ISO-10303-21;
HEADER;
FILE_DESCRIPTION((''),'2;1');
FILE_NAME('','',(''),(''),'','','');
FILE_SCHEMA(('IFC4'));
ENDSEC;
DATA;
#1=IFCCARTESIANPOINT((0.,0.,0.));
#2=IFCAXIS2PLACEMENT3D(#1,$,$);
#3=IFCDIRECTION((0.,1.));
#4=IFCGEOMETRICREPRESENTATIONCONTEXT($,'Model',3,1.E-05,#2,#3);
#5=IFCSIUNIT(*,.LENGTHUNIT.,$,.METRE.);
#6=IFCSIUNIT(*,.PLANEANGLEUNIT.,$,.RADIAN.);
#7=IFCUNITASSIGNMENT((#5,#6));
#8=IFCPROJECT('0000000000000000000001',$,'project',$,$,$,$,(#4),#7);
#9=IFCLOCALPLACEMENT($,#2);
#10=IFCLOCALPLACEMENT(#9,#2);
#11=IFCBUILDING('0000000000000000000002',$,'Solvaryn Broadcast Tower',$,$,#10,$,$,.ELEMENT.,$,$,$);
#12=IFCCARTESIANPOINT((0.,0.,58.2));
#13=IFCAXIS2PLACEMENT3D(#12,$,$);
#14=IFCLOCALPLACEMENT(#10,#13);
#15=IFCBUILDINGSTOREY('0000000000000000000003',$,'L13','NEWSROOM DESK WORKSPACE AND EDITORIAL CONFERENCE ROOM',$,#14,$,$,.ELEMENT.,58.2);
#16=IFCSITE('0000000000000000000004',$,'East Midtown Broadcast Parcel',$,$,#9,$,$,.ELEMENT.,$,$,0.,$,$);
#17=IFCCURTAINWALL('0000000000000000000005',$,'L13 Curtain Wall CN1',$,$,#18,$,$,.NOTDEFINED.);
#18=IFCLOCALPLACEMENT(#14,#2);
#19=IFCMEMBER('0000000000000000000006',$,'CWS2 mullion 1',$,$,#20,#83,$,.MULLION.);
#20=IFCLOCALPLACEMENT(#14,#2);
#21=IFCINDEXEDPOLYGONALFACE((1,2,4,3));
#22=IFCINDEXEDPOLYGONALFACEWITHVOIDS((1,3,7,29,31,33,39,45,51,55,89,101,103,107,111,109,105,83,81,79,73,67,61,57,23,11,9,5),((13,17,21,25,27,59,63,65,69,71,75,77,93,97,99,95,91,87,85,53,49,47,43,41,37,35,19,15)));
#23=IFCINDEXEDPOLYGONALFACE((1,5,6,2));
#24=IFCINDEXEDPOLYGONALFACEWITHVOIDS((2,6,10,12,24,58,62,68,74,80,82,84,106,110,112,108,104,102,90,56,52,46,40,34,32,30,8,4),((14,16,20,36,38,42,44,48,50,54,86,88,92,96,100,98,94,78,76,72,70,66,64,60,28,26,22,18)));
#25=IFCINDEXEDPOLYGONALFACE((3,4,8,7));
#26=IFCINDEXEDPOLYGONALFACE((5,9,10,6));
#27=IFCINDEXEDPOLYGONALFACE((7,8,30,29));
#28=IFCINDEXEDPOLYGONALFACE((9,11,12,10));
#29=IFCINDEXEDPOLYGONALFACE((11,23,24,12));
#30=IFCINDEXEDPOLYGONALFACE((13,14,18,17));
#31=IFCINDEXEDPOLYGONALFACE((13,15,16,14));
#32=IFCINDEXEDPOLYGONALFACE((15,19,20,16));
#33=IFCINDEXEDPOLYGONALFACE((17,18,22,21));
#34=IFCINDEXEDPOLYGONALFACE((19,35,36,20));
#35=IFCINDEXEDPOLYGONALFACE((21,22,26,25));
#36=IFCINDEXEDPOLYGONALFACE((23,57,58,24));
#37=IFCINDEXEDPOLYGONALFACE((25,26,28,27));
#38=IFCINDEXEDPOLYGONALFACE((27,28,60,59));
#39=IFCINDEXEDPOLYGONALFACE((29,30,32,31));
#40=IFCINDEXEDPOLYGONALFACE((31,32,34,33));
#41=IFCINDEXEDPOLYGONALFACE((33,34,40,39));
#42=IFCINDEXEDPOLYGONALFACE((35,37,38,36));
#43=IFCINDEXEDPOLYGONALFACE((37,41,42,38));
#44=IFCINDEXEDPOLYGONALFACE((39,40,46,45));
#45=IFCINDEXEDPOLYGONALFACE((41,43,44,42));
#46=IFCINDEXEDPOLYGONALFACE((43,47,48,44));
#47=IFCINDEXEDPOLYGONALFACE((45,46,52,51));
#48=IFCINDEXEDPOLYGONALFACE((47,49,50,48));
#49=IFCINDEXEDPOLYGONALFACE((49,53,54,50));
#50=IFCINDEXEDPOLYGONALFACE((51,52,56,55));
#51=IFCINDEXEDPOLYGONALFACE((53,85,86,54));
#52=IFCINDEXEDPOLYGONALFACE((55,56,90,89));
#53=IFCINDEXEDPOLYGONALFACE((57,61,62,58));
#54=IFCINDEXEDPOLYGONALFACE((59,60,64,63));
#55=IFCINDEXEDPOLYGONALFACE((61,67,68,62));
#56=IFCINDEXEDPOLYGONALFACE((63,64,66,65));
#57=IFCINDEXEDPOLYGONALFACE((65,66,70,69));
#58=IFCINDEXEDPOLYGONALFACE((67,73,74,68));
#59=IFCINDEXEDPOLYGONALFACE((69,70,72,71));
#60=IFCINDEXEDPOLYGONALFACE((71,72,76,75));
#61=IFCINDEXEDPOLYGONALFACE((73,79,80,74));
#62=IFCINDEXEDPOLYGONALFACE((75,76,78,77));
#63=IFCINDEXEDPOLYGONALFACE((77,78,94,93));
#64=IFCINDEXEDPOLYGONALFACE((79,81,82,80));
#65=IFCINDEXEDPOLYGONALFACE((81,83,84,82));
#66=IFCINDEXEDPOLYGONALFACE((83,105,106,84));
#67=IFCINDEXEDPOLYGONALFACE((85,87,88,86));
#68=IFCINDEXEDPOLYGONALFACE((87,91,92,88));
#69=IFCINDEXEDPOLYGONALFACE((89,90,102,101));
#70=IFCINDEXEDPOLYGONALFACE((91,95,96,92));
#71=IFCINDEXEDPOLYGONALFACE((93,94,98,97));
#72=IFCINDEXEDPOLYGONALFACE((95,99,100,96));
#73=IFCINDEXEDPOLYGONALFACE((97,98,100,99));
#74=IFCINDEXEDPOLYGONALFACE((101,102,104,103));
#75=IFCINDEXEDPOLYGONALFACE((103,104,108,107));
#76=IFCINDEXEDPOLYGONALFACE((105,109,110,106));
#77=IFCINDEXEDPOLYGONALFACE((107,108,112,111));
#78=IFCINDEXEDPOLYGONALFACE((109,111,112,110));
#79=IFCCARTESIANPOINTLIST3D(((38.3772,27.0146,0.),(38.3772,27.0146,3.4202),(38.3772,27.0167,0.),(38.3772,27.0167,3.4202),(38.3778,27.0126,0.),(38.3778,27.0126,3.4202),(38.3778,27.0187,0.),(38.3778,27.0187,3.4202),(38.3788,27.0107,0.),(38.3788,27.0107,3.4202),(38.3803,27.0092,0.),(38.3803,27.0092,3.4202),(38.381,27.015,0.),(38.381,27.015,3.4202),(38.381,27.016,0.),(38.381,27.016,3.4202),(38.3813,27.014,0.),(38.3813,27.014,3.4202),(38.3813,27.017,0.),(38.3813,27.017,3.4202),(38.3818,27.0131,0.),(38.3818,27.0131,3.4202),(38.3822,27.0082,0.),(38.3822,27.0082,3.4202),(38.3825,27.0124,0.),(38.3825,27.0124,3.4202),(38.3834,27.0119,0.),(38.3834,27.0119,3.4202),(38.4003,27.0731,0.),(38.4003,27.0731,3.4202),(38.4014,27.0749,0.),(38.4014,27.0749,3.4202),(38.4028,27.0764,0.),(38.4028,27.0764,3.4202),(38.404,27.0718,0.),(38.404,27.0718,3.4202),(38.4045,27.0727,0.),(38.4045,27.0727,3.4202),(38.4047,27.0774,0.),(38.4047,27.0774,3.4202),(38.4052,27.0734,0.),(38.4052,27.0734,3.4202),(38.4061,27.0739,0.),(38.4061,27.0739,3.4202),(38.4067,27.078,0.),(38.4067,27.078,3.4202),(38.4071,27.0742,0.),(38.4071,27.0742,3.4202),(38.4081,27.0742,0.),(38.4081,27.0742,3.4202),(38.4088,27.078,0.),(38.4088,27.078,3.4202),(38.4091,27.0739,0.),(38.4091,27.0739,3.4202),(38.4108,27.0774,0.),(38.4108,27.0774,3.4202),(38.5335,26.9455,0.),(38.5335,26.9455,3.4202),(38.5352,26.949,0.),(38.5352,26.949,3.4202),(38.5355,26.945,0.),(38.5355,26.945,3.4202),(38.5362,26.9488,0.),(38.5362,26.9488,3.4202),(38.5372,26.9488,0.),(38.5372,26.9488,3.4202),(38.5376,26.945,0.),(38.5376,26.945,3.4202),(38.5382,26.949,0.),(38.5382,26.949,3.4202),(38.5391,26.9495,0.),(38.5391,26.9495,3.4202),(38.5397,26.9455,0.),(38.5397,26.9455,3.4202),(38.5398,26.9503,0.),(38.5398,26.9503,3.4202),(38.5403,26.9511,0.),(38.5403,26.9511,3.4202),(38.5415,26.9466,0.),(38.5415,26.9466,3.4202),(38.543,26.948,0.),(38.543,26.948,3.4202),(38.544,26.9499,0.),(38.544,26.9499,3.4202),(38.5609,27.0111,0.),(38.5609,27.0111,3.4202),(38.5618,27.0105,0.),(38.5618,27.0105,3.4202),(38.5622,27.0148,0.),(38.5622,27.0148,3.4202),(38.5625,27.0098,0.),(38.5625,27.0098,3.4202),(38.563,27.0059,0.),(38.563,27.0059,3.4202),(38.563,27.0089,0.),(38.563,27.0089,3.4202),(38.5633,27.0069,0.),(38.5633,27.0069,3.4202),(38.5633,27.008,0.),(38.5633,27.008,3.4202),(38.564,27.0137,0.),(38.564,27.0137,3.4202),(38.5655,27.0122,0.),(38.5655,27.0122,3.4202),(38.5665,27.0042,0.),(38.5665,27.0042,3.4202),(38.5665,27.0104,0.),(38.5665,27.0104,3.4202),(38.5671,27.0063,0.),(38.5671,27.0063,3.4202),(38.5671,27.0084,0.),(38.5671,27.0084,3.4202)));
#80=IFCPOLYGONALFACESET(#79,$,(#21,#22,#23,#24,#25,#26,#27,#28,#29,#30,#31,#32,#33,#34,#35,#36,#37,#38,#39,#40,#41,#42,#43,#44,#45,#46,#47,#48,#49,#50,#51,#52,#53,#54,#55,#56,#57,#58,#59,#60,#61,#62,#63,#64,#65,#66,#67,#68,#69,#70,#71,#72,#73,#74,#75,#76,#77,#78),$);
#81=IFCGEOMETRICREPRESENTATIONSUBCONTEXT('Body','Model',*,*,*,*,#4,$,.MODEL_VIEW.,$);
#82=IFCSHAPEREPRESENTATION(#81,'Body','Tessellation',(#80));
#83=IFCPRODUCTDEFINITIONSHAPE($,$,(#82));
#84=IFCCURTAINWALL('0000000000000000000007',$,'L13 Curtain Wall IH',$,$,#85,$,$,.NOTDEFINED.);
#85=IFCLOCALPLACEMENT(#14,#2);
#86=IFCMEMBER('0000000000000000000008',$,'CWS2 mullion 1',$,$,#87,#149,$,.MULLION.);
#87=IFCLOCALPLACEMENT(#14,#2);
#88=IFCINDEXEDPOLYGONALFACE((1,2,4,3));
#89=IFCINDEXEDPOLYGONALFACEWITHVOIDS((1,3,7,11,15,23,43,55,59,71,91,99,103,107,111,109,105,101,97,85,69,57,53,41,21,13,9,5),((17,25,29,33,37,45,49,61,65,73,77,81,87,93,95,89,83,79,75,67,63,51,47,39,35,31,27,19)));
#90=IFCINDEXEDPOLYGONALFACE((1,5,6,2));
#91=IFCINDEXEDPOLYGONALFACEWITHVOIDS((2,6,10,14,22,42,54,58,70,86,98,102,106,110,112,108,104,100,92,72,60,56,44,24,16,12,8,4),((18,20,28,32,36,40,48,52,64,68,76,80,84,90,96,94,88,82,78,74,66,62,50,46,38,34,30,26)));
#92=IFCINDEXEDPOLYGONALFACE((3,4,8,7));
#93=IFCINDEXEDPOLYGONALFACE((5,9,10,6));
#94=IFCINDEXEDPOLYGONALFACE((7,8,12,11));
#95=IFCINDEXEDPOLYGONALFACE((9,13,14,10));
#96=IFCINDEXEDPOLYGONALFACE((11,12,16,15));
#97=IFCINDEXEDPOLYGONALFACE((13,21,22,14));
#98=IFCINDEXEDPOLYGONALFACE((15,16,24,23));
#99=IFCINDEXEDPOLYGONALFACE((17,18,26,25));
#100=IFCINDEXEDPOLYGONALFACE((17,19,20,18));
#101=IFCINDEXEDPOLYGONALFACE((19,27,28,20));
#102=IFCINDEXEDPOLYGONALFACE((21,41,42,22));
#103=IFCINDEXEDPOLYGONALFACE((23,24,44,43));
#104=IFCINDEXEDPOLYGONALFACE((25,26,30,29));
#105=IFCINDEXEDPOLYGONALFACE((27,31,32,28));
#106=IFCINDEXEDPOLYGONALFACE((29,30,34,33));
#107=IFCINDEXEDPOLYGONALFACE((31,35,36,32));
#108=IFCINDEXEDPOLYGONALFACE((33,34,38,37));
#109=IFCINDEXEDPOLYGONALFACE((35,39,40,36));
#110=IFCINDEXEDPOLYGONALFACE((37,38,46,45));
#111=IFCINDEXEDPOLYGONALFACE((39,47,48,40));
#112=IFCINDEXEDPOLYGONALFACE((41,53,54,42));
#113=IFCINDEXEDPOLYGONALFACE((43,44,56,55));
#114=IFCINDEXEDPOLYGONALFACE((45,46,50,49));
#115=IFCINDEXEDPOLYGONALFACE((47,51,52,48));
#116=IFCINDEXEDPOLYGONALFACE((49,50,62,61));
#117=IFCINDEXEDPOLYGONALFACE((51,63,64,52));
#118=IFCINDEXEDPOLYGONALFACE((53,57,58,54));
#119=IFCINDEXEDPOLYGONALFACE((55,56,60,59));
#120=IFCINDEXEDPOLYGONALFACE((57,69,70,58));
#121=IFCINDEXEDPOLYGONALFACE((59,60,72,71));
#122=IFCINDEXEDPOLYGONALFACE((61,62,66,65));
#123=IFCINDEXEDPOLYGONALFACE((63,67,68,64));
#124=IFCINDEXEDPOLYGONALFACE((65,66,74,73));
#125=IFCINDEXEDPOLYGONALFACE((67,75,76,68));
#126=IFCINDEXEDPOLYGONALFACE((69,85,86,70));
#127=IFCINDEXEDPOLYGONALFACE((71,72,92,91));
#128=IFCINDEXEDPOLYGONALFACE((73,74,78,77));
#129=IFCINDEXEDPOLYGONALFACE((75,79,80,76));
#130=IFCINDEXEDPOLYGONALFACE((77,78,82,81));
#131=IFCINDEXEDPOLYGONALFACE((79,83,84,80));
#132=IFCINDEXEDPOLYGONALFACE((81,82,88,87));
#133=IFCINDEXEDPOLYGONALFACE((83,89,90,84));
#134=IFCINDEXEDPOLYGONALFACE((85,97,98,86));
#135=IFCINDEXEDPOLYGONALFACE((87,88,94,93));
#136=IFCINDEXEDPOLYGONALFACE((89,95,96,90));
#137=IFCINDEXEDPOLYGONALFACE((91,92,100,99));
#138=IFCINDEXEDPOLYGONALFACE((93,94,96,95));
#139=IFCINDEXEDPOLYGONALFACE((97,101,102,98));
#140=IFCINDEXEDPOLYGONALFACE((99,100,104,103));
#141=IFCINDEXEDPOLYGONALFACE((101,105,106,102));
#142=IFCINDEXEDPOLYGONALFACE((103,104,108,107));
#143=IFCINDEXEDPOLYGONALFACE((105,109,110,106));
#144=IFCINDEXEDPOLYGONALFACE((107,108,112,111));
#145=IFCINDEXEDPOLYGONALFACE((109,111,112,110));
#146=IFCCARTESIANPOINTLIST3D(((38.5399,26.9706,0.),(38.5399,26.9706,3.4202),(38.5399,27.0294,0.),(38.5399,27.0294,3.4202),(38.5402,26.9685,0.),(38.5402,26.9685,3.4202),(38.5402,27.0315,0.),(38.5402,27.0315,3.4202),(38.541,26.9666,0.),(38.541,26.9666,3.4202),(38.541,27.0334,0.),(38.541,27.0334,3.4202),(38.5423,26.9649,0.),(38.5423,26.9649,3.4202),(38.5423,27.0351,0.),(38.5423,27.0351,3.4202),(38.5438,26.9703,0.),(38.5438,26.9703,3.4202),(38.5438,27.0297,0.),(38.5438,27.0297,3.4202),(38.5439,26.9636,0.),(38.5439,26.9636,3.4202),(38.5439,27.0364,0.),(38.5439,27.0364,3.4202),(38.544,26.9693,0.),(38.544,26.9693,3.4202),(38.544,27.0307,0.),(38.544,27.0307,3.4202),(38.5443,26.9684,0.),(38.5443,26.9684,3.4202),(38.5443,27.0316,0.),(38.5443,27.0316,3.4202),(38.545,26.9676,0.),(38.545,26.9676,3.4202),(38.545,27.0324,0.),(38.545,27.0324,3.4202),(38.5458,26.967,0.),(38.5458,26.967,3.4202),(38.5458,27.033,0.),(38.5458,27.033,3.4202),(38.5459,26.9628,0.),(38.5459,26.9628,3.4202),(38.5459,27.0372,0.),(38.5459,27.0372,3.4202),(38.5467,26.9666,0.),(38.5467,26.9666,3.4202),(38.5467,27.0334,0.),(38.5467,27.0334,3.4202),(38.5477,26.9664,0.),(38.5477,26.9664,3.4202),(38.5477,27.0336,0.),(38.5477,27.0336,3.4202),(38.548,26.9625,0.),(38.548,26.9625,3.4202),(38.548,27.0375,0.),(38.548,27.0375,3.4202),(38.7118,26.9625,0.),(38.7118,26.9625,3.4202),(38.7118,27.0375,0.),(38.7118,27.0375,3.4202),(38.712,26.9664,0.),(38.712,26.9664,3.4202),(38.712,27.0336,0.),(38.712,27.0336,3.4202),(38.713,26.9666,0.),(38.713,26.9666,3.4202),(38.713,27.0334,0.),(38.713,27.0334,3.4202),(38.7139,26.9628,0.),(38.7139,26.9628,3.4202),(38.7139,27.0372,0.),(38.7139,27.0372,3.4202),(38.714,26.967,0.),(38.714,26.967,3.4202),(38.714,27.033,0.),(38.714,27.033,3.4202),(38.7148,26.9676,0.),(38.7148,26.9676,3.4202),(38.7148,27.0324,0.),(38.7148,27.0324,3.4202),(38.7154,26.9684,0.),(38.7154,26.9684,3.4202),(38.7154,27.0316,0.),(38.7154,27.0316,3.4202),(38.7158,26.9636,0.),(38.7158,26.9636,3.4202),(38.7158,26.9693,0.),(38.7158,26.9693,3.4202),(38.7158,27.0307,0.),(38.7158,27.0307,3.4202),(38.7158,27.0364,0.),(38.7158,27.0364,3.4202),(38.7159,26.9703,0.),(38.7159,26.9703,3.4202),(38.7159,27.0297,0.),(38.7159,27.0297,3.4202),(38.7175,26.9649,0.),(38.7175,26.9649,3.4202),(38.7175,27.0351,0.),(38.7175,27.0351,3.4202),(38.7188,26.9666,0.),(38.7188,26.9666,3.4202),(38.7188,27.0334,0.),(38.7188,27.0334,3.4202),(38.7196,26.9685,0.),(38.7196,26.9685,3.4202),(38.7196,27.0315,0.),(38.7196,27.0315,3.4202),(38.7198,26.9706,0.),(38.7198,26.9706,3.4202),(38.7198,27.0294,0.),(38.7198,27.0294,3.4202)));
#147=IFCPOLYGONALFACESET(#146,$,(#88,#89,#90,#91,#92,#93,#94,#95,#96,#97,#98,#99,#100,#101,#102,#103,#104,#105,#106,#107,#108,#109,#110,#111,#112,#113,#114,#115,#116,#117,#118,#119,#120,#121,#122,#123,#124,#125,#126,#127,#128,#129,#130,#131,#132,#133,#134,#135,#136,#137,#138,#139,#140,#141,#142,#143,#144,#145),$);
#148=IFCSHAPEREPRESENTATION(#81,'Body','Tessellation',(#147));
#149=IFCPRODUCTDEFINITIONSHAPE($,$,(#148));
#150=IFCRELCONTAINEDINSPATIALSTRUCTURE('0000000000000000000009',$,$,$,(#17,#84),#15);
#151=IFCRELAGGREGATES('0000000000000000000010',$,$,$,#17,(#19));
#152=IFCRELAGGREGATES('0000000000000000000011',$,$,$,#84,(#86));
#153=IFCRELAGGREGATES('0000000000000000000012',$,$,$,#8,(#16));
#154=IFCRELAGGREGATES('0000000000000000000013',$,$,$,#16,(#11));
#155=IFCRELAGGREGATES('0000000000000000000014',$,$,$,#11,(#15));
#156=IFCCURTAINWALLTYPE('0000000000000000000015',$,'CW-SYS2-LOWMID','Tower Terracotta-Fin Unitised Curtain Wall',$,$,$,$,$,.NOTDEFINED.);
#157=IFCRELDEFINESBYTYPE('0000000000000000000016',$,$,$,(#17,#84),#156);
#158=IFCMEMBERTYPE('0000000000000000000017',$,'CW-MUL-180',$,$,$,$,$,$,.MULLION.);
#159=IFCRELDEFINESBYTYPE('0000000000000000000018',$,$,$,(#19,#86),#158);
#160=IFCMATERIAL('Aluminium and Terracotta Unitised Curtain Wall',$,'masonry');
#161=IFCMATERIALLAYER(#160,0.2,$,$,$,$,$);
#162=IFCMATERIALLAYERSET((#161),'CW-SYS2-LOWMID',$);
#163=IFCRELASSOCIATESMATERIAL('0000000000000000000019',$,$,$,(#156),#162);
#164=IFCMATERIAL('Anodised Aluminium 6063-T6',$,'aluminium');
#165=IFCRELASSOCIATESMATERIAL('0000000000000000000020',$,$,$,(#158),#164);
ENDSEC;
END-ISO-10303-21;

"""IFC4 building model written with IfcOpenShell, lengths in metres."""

from ifc_helpers import new_model, si_unit, direction, frame, origin, origin_2d, place, context, subcontext, project, spatial, hollow_rectangle, extrude, material, layer, layer_set, material_profile, profile_set, type_object, element, aggregate, save


model = new_model("IFC4")

# Units and contexts
model_context = context("Model", 3, precision=1e-05, world=origin(), true_north=direction((0.0, 1.0)))
body_context = subcontext(model_context, "Body", "Model", "MODEL_VIEW")
ifc_project = project(units=[si_unit("LENGTHUNIT", "METRE"), si_unit("PLANEANGLEUNIT", "RADIAN")], contexts=[model_context])

# Site, building, storey
site_placement = place(None, origin())
site = spatial("IfcSite", under=ifc_project, at=site_placement, Name="East Midtown Broadcast Parcel", CompositionType="ELEMENT", RefElevation=0.0)
building_placement = place(site_placement, origin())
building = spatial("IfcBuilding", under=site, at=building_placement, Name="Solvaryn Broadcast Tower", CompositionType="ELEMENT")
storey_placement = place(building_placement, frame((0.0, 0.0, 58.2)))
storey = spatial("IfcBuildingStorey", under=building, at=storey_placement, Name="L13", Description="NEWSROOM DESK WORKSPACE AND EDITORIAL CONFERENCE ROOM", CompositionType="ELEMENT", Elevation=58.2)

# Curtain walls, members
ifc_material_1 = material(Name="Aluminium and Terracotta Unitised Curtain Wall", Category="masonry")
ifc_layer_1 = layer(ifc_material_1, 0.2)
ifc_layer_set_1 = layer_set([ifc_layer_1], Name="CW-SYS2-LOWMID")
curtain_wall_type = type_object("IfcCurtainWallType", Name="CW-SYS2-LOWMID", Description="Tower Terracotta-Fin Unitised Curtain Wall", PredefinedType="NOTDEFINED", material=ifc_layer_set_1)
curtain_wall_1_placement = place(storey_placement, origin())
curtain_wall_1 = element("IfcCurtainWall", 1, at=curtain_wall_1_placement, inside=storey, type_object=curtain_wall_type, Name="L13 Curtain Wall CN1", PredefinedType="NOTDEFINED")
ifc_material_2 = material(Name="Anodised Aluminium 6063-T6", Category="aluminium")
ifc_material_profile_1 = material_profile(ifc_material_2, hollow_rectangle(XDim=0.075, YDim=0.1799, WallThickness=0.0039, InnerFilletRadius=0.0039, OuterFilletRadius=0.0081, at=origin_2d()))
ifc_profile_set_1 = profile_set([ifc_material_profile_1], Name="Anodised Aluminium 6063-T6")
member_type_1 = type_object("IfcMemberType", Name="CW-MUL-180", PredefinedType="MULLION", material=ifc_profile_set_1)
member_1_placement = place(storey_placement, frame((38.4722, 27.0115, 0.0), z_axis=(0.0, 0.0, 1.0), x_axis=(-0.382646, -0.923895, 0.0)))
member_1 = element("IfcMember", 2, at=member_1_placement, type_object=member_type_1, Name="CWS2 mullion 1", PredefinedType="MULLION", context=body_context, shape_type="SweptSolid", body=[
    extrude(hollow_rectangle(XDim=0.075, YDim=0.1799, WallThickness=0.0039, InnerFilletRadius=0.0039, OuterFilletRadius=0.0081, at=origin_2d()), origin(), (0.0, 0.0, 1.0), 3.4202),
])
curtain_wall_2_placement = place(storey_placement, origin())
curtain_wall_2 = element("IfcCurtainWall", 3, at=curtain_wall_2_placement, inside=storey, type_object=curtain_wall_type, Name="L13 Curtain Wall IH", PredefinedType="NOTDEFINED")
member_2_placement = place(storey_placement, frame((38.6299, 27.0, 0.0), z_axis=(0.0, 0.0, 1.0), x_axis=(0.0, 1.0, 0.0)))
member_2 = element("IfcMember", 4, at=member_2_placement, type_object=member_type_1, Name="CWS2 mullion 1", PredefinedType="MULLION", context=body_context, shape_type="SweptSolid", body=[
    extrude(hollow_rectangle(XDim=0.075, YDim=0.1799, WallThickness=0.0039, InnerFilletRadius=0.0039, OuterFilletRadius=0.0081, at=origin_2d()), origin(), (0.0, 0.0, 1.0), 3.4202),
])

aggregate(curtain_wall_1, [member_1])
aggregate(curtain_wall_2, [member_2])

save(model, "model.ifc")
